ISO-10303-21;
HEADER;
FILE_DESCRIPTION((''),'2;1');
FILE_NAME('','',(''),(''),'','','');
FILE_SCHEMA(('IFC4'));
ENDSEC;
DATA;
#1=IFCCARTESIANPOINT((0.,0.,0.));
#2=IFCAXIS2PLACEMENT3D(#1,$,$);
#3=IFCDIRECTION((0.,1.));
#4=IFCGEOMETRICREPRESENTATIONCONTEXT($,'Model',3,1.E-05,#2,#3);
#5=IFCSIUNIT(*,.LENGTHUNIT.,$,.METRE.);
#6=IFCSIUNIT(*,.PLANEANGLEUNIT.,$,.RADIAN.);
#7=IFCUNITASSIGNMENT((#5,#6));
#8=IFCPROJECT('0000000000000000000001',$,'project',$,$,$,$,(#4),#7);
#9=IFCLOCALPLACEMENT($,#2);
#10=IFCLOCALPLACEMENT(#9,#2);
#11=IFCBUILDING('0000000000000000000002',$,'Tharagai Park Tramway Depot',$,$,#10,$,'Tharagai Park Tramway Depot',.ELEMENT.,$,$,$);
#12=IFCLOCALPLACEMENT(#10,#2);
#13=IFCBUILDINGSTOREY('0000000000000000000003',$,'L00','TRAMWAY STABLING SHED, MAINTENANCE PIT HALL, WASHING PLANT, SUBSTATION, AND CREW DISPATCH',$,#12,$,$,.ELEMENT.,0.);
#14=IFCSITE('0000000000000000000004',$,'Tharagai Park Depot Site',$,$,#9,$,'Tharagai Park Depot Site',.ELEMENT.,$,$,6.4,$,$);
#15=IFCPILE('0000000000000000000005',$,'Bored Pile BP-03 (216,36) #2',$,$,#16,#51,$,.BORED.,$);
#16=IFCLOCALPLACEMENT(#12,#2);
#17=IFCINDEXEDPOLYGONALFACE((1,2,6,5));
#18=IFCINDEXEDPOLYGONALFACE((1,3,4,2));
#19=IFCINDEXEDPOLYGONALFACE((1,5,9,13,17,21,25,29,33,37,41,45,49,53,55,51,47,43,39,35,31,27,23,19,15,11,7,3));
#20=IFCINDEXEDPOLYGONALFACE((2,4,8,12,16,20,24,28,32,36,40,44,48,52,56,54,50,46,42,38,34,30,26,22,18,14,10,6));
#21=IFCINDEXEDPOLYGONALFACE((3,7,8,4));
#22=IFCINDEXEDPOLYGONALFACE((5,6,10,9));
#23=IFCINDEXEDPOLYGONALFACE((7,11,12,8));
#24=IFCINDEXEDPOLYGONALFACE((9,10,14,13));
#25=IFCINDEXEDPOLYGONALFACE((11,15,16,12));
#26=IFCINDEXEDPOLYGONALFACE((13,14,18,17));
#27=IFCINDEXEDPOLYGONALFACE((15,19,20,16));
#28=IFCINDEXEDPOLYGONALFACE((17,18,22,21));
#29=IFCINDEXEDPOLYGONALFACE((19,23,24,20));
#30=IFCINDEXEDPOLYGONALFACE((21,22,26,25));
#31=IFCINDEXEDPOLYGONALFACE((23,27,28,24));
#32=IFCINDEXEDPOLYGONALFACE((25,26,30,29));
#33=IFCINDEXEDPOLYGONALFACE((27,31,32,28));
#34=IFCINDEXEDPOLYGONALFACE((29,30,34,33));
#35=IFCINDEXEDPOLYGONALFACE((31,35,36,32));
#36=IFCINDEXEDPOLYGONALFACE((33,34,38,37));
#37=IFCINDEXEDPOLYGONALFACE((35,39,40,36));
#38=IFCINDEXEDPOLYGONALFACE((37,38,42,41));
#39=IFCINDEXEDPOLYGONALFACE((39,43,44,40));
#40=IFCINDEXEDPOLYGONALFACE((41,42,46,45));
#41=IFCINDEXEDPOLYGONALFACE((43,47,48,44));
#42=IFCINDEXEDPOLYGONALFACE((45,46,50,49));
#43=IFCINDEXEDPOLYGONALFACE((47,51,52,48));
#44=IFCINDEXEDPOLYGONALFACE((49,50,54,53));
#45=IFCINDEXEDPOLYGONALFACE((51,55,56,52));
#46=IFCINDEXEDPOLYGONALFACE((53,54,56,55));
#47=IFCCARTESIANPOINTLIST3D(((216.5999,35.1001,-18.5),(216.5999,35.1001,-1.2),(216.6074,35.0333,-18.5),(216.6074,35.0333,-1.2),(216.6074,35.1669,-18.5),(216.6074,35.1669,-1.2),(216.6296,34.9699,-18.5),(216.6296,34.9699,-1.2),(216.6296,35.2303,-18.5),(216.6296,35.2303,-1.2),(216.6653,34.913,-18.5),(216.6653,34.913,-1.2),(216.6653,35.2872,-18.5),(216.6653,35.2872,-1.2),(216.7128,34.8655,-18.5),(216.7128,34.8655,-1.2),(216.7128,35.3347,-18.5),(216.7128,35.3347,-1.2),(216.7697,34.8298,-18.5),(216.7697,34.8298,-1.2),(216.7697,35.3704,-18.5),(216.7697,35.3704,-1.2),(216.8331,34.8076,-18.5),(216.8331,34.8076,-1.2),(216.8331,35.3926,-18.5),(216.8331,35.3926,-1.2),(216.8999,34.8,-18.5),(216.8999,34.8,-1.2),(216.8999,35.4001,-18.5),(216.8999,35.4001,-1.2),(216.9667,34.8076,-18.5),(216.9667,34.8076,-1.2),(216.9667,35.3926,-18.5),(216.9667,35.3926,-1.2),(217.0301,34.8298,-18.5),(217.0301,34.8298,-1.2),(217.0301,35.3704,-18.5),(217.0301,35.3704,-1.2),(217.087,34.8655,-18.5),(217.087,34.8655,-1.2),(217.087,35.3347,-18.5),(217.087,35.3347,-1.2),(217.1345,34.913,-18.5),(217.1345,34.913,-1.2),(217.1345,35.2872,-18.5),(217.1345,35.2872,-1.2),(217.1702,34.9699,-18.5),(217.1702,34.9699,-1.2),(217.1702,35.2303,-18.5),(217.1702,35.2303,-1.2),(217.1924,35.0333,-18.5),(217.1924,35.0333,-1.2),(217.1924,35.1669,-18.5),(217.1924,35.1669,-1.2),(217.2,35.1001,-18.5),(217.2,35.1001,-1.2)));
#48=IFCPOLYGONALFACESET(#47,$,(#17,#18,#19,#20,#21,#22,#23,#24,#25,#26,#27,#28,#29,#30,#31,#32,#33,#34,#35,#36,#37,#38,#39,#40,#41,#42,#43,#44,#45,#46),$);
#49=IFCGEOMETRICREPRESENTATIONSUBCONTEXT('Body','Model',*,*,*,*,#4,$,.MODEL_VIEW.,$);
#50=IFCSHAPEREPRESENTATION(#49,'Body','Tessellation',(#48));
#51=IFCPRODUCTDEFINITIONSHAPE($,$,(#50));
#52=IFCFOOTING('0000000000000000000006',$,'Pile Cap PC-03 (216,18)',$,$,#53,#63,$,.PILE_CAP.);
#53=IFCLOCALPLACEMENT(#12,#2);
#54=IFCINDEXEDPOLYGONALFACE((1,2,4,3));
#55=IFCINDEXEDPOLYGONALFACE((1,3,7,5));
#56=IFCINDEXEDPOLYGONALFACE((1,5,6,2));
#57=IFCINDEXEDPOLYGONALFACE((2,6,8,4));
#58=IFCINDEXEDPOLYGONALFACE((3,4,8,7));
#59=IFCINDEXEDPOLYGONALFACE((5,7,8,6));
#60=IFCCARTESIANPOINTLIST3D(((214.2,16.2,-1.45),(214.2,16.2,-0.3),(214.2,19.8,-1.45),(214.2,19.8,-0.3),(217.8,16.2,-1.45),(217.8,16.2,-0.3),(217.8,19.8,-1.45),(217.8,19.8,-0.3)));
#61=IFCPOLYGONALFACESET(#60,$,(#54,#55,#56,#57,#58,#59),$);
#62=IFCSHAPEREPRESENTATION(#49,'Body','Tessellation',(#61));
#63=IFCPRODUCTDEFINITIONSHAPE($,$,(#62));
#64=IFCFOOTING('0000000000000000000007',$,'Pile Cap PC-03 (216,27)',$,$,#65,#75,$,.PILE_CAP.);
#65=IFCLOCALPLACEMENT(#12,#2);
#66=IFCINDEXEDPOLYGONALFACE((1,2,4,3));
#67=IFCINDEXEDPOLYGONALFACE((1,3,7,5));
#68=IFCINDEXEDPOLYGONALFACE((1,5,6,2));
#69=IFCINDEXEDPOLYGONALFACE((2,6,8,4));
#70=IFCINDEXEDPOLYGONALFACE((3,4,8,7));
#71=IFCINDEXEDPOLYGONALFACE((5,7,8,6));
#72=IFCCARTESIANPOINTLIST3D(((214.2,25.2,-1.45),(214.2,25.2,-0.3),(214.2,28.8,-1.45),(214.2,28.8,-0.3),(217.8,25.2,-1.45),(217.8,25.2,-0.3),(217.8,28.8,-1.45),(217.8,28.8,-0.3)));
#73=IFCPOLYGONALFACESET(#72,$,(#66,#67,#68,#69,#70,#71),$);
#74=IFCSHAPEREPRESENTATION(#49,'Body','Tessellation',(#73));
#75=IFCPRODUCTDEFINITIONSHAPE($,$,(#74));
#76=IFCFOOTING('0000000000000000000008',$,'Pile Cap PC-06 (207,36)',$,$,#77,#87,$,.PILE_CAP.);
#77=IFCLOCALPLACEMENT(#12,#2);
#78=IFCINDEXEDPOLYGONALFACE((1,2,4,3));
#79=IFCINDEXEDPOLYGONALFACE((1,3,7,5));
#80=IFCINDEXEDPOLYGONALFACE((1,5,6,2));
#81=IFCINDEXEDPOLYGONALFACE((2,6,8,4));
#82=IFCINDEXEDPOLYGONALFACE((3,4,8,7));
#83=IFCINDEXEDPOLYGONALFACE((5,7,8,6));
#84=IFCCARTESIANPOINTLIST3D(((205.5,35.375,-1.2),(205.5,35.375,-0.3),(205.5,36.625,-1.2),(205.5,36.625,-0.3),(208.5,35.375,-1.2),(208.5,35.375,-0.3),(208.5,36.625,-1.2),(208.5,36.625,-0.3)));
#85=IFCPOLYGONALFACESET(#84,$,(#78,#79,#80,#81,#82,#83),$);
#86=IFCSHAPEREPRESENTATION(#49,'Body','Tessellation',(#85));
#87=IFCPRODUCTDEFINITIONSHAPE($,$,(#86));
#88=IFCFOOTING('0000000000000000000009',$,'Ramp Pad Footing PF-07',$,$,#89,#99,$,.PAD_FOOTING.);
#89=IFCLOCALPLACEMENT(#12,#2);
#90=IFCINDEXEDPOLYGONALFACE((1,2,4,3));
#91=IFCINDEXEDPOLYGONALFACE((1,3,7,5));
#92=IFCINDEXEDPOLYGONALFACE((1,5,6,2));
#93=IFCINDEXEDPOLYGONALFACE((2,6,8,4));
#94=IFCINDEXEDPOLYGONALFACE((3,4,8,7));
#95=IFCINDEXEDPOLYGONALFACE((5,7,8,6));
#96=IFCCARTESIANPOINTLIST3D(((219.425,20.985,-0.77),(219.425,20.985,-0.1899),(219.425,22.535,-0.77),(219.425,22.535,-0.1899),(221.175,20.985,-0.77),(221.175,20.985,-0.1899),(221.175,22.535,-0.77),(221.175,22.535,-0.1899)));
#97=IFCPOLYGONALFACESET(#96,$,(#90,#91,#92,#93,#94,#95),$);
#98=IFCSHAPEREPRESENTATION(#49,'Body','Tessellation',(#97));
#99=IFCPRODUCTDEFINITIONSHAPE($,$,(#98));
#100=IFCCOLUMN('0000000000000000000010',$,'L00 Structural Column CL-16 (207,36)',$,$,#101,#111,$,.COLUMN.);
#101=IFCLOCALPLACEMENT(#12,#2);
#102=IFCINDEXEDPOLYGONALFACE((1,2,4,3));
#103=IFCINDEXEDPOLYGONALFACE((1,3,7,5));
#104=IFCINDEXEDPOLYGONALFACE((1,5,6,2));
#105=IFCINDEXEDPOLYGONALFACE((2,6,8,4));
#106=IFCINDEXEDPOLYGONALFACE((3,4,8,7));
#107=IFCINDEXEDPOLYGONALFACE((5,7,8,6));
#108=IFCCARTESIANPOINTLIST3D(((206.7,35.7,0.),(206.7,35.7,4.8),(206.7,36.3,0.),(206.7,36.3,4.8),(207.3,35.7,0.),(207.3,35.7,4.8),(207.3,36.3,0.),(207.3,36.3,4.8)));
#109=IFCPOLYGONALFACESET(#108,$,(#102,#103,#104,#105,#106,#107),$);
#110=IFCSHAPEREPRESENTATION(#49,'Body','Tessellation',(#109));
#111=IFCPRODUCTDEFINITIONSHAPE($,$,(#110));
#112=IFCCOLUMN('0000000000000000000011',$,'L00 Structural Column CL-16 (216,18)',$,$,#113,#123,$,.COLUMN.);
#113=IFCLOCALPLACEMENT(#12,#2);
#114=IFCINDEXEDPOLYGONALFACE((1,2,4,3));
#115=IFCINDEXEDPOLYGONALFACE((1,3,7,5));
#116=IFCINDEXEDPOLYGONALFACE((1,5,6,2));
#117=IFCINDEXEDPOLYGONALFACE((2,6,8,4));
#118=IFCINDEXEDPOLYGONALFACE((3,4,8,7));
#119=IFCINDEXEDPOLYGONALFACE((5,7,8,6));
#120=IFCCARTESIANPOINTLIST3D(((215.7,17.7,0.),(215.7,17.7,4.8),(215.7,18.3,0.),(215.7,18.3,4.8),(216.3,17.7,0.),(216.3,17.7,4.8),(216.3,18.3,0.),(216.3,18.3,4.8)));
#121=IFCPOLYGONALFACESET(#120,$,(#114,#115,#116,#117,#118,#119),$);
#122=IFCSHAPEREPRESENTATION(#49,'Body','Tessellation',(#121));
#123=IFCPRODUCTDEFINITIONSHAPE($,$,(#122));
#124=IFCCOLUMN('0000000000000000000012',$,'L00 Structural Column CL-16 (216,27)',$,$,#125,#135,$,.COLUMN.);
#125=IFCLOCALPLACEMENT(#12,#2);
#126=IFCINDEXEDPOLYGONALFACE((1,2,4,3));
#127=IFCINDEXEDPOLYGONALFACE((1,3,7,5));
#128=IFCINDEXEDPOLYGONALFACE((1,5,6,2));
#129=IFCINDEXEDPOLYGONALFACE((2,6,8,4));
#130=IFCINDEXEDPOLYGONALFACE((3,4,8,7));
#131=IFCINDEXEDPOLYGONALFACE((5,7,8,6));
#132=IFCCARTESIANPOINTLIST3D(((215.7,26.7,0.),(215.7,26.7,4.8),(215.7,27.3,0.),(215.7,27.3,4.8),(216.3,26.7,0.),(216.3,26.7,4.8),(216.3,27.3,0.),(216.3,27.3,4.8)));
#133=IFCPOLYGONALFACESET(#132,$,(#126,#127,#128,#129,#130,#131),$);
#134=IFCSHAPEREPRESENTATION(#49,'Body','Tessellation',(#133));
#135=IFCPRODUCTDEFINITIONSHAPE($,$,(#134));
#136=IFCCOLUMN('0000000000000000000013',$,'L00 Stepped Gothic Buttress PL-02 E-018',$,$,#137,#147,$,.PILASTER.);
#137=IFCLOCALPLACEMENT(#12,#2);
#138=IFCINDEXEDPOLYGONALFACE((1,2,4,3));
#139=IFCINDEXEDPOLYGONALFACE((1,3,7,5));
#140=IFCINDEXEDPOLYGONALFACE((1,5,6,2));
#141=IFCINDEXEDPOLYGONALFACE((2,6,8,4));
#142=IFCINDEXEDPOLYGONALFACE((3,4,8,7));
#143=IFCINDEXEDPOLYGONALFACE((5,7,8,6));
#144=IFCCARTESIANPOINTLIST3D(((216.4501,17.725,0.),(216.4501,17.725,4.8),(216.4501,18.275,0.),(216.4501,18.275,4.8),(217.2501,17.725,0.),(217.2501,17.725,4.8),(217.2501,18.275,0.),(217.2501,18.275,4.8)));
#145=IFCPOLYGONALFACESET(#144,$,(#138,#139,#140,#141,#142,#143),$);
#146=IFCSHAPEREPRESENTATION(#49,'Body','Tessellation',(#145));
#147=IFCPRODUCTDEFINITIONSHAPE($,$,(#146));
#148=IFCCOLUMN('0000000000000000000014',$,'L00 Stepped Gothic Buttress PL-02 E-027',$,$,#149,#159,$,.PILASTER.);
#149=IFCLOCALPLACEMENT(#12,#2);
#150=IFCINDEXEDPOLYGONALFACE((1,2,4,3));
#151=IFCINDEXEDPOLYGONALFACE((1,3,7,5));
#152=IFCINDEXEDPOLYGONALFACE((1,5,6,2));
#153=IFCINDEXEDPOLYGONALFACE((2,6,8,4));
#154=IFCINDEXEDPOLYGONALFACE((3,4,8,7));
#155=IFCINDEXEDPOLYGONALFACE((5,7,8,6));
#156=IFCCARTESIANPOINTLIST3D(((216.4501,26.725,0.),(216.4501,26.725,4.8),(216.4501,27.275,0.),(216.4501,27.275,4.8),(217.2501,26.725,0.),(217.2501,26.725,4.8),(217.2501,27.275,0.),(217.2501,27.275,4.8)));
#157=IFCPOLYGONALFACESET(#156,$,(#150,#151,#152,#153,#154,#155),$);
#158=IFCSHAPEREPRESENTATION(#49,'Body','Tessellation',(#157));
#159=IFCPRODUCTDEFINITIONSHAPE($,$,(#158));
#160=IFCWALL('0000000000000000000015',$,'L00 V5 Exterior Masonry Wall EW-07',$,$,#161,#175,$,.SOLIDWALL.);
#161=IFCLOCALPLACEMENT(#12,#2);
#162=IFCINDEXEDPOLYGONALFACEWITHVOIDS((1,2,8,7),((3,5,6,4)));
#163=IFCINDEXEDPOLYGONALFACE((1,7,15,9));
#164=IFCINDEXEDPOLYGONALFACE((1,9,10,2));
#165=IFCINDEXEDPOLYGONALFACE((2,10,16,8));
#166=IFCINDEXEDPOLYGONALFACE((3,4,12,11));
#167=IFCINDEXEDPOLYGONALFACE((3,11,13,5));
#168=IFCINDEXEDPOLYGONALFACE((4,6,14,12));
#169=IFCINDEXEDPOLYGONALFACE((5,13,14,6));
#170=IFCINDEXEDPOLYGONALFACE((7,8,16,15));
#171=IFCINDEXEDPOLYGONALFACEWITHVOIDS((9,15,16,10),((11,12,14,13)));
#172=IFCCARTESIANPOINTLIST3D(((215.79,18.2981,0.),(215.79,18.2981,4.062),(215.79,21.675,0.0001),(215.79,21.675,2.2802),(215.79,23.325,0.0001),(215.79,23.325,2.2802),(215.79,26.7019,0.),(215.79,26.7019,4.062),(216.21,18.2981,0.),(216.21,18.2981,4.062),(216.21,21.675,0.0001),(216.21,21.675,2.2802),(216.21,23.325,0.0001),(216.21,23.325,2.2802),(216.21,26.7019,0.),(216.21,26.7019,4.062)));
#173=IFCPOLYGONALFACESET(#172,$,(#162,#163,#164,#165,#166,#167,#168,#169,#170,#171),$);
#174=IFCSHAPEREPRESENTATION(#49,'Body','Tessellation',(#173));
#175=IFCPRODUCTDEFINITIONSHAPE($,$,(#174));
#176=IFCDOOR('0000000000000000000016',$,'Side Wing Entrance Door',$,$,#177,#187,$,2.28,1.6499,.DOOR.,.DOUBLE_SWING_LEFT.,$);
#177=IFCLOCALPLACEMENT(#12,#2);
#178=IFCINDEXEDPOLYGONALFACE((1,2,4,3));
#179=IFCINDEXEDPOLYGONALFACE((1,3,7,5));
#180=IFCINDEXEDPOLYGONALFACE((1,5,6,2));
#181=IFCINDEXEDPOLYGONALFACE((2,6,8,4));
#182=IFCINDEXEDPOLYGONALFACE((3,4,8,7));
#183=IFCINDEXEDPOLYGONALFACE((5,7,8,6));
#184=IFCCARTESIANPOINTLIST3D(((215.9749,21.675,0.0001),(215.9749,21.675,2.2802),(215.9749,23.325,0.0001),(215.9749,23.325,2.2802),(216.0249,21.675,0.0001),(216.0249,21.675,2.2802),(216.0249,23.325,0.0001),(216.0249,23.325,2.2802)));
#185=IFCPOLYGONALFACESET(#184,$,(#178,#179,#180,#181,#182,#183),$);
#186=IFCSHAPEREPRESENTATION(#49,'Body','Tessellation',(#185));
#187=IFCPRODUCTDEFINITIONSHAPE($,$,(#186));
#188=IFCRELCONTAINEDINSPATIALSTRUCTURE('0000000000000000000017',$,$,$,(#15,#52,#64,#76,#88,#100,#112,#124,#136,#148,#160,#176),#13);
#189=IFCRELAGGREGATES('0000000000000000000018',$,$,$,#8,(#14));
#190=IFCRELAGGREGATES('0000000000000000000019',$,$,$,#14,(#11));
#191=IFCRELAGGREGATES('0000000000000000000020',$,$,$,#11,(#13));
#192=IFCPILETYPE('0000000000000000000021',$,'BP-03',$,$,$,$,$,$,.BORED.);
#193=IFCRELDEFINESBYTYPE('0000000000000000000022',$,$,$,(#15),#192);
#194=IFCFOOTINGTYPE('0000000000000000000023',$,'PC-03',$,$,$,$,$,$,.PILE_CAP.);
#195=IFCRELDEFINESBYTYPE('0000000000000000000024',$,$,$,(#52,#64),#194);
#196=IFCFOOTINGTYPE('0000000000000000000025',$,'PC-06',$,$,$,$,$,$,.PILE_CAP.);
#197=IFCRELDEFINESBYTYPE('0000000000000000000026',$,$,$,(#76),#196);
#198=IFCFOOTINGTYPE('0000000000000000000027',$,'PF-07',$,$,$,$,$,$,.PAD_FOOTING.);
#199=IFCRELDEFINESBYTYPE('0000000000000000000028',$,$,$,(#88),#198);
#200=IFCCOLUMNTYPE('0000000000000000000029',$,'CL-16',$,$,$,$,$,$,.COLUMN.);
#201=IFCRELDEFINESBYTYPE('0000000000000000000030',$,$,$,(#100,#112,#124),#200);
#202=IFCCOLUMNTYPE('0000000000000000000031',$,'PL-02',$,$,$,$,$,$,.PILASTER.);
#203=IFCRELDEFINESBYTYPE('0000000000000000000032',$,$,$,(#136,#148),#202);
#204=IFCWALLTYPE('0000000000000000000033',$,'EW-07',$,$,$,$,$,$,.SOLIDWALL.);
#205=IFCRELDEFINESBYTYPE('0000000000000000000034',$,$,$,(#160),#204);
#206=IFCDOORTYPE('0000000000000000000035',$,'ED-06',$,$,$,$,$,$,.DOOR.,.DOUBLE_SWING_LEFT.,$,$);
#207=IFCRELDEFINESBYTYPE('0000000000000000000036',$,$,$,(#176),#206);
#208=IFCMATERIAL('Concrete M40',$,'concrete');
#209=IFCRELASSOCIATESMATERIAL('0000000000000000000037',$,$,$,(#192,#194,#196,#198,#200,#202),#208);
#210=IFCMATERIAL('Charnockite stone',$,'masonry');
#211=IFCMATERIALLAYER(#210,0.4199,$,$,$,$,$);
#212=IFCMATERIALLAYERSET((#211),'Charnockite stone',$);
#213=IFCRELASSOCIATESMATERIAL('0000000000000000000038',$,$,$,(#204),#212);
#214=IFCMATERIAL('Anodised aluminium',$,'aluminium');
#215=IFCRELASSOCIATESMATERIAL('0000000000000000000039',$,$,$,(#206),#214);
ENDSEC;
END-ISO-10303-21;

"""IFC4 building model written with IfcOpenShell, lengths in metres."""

from ifc_helpers import new_model, si_unit, direction, frame, frame_2d, origin, origin_2d, place, context, subcontext, project, spatial, rectangle, circle, extrude, material, layer, layer_set, material_profile, profile_set, type_object, element, fill, save


model = new_model("IFC4")

# Units and contexts
model_context = context("Model", 3, precision=1e-05, world=origin(), true_north=direction((0.0, 1.0)))
body_context = subcontext(model_context, "Body", "Model", "MODEL_VIEW")
ifc_project = project(units=[si_unit("LENGTHUNIT", "METRE"), si_unit("PLANEANGLEUNIT", "RADIAN")], contexts=[model_context])

# Site, building, storey
site_placement = place(None, origin())
site = spatial("IfcSite", under=ifc_project, at=site_placement, Name="Tharagai Park Depot Site", LongName="Tharagai Park Depot Site", CompositionType="ELEMENT", RefElevation=6.4)
building_placement = place(site_placement, origin())
building = spatial("IfcBuilding", under=site, at=building_placement, Name="Tharagai Park Tramway Depot", LongName="Tharagai Park Tramway Depot", CompositionType="ELEMENT")
storey_placement = place(building_placement, origin())
storey = spatial("IfcBuildingStorey", under=building, at=storey_placement, Name="L00", Description="TRAMWAY STABLING SHED, MAINTENANCE PIT HALL, WASHING PLANT, SUBSTATION, AND CREW DISPATCH", CompositionType="ELEMENT", Elevation=0.0)

# Pile
ifc_material_1 = material(Name="Concrete M40", Category="concrete")
ifc_material_profile_1 = material_profile(ifc_material_1, circle(Radius=0.3, at=origin_2d()), Name="PILE D600")
ifc_profile_set_1 = profile_set([ifc_material_profile_1], Name="Concrete M40")
pile_type_1 = type_object("IfcPileType", Name="BP-03", PredefinedType="BORED", material=ifc_profile_set_1)
for number, where, z_axis, x_axis, name in (
    (1, (216.8999, 35.1001, -1.2), (0.0, 0.0, -1.0), (1.0, 0.0, 0.0), "Bored Pile BP-03 (216,36) #2"),
):
    element("IfcPile", number, at=place(storey_placement, frame(where, z_axis=z_axis, x_axis=x_axis)), inside=storey, type_object=pile_type_1, Name=name, PredefinedType="BORED", context=body_context, shape_type="SweptSolid", body=[
        extrude(circle(Radius=0.3, at=origin_2d()), origin(), (0.0, 0.0, 1.0), 17.3),
    ])

# Footings
footing_type_1 = type_object("IfcFootingType", Name="PC-03", PredefinedType="PILE_CAP", material=ifc_material_1)
for number, where, z_axis, x_axis, name in (
    (2, (216.0, 18.0, -1.45), (0.0, 0.0, 1.0), (1.0, 0.0, 0.0), "Pile Cap PC-03 (216,18)"),
    (3, (216.0, 27.0, -1.45), (0.0, 0.0, 1.0), (1.0, 0.0, 0.0), "Pile Cap PC-03 (216,27)"),
):
    element("IfcFooting", number, at=place(storey_placement, frame(where, z_axis=z_axis, x_axis=x_axis)), inside=storey, type_object=footing_type_1, Name=name, PredefinedType="PILE_CAP", context=body_context, shape_type="SweptSolid", body=[
        extrude(rectangle(XDim=3.6001, YDim=3.6001, at=origin_2d()), origin(), (0.0, 0.0, 1.0), 1.1499),
    ])
footing_type_2 = type_object("IfcFootingType", Name="PC-06", PredefinedType="PILE_CAP", material=ifc_material_1)
footing_1_placement = place(storey_placement, frame((207.0, 36.0, -1.2), z_axis=(0.0, 0.0, 1.0), x_axis=(1.0, 0.0, 0.0)))
element("IfcFooting", 4, at=footing_1_placement, inside=storey, type_object=footing_type_2, Name="Pile Cap PC-06 (207,36)", PredefinedType="PILE_CAP", context=body_context, shape_type="SweptSolid", body=[
    extrude(rectangle(XDim=3.0, YDim=1.25, at=origin_2d()), origin(), (0.0, 0.0, 1.0), 0.8999),
])
footing_type_3 = type_object("IfcFootingType", Name="PF-07", PredefinedType="PAD_FOOTING", material=ifc_material_1)
footing_2_placement = place(storey_placement, frame((220.3, 21.76, -0.77), z_axis=(0.0, 0.0, 1.0), x_axis=(1.0, 0.0, 0.0)))
element("IfcFooting", 5, at=footing_2_placement, inside=storey, type_object=footing_type_3, Name="Ramp Pad Footing PF-07", PredefinedType="PAD_FOOTING", context=body_context, shape_type="SweptSolid", body=[
    extrude(rectangle(XDim=1.75, YDim=1.55, at=origin_2d()), origin(), (0.0, 0.0, 1.0), 0.5801),
])

# Columns
ifc_material_profile_2 = material_profile(ifc_material_1, rectangle(XDim=0.6001, YDim=0.6001, at=origin_2d()), Name="RC 600x600")
ifc_profile_set_2 = profile_set([ifc_material_profile_2], Name="Concrete M40")
column_type_1 = type_object("IfcColumnType", Name="CL-16", PredefinedType="COLUMN", material=ifc_profile_set_2)
for number, where, z_axis, x_axis, name in (
    (6, (207.0, 36.0, 0.0), (0.0, 0.0, 1.0), (1.0, 0.0, 0.0), "L00 Structural Column CL-16 (207,36)"),
    (7, (216.0, 18.0, 0.0), (0.0, 0.0, 1.0), (1.0, 0.0, 0.0), "L00 Structural Column CL-16 (216,18)"),
    (8, (216.0, 27.0, 0.0), (0.0, 0.0, 1.0), (1.0, 0.0, 0.0), "L00 Structural Column CL-16 (216,27)"),
):
    element("IfcColumn", number, at=place(storey_placement, frame(where, z_axis=z_axis, x_axis=x_axis)), inside=storey, type_object=column_type_1, Name=name, PredefinedType="COLUMN", context=body_context, shape_type="SweptSolid", body=[
        extrude(rectangle(XDim=0.6001, YDim=0.6001, at=origin_2d()), origin(), (0.0, 0.0, 1.0), 4.8),
    ])
ifc_material_profile_3 = material_profile(ifc_material_1, rectangle(XDim=0.55, YDim=0.8, at=origin_2d()), Name="RC 550x800")
ifc_profile_set_3 = profile_set([ifc_material_profile_3], Name="Concrete M40")
column_type_2 = type_object("IfcColumnType", Name="PL-02", PredefinedType="PILASTER", material=ifc_profile_set_3)
for number, where, z_axis, x_axis, name in (
    (9, (216.8501, 18.0, 0.0), (0.0, 0.0, 1.0), (0.0, 1.0, 0.0), "L00 Stepped Gothic Buttress PL-02 E-018"),
    (10, (216.8501, 27.0, 0.0), (0.0, 0.0, 1.0), (0.0, 1.0, 0.0), "L00 Stepped Gothic Buttress PL-02 E-027"),
):
    element("IfcColumn", number, at=place(storey_placement, frame(where, z_axis=z_axis, x_axis=x_axis)), inside=storey, type_object=column_type_2, Name=name, PredefinedType="PILASTER", context=body_context, shape_type="SweptSolid", body=[
        extrude(rectangle(XDim=0.55, YDim=0.8, at=origin_2d()), origin(), (0.0, 0.0, 1.0), 4.8),
    ])

# Wall, opening, door
ifc_material_2 = material(Name="Charnockite stone", Category="masonry")
ifc_layer_1 = layer(ifc_material_2, 0.4199)
ifc_layer_set_1 = layer_set([ifc_layer_1], Name="Charnockite stone")
wall_type_1 = type_object("IfcWallType", Name="EW-07", PredefinedType="SOLIDWALL", material=ifc_layer_set_1)
wall_1_placement = place(storey_placement, frame((216.0, 18.2981, 0.0), z_axis=(0.0, 0.0, 1.0), x_axis=(0.0, 1.0, 0.0)))
wall_1 = element("IfcWall", 11, at=wall_1_placement, inside=storey, type_object=wall_type_1, Name="L00 V5 Exterior Masonry Wall EW-07", PredefinedType="SOLIDWALL", context=body_context, shape_type="SweptSolid", body=[
    extrude(rectangle(XDim=8.4038, YDim=0.4199, at=frame_2d((4.2019, 0.0))), origin(), (0.0, 0.0, 1.0), 4.062),
])
opening_1_placement = place(wall_1_placement, frame((3.377, 0.0, 0.0)))
opening_1 = element("IfcOpeningElement", 12, at=opening_1_placement, cuts=wall_1, PredefinedType="OPENING", context=body_context, shape_type="SweptSolid", body=[
    extrude(rectangle(XDim=1.6499, YDim=2.28, at=frame_2d((0.825, 1.1401))), frame((0.0, 0.22, 0.0), z_axis=(0.0, -1.0, 0.0), x_axis=(1.0, 0.0, 0.0)), (0.0, 0.0, 1.0), 0.4399),
])
ifc_material_3 = material(Name="Anodised aluminium", Category="aluminium")
door_type_1 = type_object("IfcDoorType", Name="ED-06", OperationType="DOUBLE_SWING_LEFT", PredefinedType="DOOR", material=ifc_material_3)
door_1_placement = place(opening_1_placement, frame((1.6499, 0.0, 0.0), z_axis=(0.0, 0.0, 1.0), x_axis=(-1.0, 0.0, 0.0)))
door_1 = element("IfcDoor", 13, at=door_1_placement, inside=storey, type_object=door_type_1, Name="Side Wing Entrance Door", OperationType="DOUBLE_SWING_LEFT", OverallHeight=2.28, OverallWidth=1.6499, PredefinedType="DOOR", context=body_context, shape_type="SweptSolid", body=[
    extrude(rectangle(XDim=1.6499, YDim=2.28, at=frame_2d((0.825, 1.1401))), frame((0.0, 0.0249, 0.0), z_axis=(0.0, -1.0, 0.0), x_axis=(1.0, 0.0, 0.0)), (0.0, 0.0, 1.0), 0.05),
])
fill(opening_1, door_1)

save(model, "model.ifc")
